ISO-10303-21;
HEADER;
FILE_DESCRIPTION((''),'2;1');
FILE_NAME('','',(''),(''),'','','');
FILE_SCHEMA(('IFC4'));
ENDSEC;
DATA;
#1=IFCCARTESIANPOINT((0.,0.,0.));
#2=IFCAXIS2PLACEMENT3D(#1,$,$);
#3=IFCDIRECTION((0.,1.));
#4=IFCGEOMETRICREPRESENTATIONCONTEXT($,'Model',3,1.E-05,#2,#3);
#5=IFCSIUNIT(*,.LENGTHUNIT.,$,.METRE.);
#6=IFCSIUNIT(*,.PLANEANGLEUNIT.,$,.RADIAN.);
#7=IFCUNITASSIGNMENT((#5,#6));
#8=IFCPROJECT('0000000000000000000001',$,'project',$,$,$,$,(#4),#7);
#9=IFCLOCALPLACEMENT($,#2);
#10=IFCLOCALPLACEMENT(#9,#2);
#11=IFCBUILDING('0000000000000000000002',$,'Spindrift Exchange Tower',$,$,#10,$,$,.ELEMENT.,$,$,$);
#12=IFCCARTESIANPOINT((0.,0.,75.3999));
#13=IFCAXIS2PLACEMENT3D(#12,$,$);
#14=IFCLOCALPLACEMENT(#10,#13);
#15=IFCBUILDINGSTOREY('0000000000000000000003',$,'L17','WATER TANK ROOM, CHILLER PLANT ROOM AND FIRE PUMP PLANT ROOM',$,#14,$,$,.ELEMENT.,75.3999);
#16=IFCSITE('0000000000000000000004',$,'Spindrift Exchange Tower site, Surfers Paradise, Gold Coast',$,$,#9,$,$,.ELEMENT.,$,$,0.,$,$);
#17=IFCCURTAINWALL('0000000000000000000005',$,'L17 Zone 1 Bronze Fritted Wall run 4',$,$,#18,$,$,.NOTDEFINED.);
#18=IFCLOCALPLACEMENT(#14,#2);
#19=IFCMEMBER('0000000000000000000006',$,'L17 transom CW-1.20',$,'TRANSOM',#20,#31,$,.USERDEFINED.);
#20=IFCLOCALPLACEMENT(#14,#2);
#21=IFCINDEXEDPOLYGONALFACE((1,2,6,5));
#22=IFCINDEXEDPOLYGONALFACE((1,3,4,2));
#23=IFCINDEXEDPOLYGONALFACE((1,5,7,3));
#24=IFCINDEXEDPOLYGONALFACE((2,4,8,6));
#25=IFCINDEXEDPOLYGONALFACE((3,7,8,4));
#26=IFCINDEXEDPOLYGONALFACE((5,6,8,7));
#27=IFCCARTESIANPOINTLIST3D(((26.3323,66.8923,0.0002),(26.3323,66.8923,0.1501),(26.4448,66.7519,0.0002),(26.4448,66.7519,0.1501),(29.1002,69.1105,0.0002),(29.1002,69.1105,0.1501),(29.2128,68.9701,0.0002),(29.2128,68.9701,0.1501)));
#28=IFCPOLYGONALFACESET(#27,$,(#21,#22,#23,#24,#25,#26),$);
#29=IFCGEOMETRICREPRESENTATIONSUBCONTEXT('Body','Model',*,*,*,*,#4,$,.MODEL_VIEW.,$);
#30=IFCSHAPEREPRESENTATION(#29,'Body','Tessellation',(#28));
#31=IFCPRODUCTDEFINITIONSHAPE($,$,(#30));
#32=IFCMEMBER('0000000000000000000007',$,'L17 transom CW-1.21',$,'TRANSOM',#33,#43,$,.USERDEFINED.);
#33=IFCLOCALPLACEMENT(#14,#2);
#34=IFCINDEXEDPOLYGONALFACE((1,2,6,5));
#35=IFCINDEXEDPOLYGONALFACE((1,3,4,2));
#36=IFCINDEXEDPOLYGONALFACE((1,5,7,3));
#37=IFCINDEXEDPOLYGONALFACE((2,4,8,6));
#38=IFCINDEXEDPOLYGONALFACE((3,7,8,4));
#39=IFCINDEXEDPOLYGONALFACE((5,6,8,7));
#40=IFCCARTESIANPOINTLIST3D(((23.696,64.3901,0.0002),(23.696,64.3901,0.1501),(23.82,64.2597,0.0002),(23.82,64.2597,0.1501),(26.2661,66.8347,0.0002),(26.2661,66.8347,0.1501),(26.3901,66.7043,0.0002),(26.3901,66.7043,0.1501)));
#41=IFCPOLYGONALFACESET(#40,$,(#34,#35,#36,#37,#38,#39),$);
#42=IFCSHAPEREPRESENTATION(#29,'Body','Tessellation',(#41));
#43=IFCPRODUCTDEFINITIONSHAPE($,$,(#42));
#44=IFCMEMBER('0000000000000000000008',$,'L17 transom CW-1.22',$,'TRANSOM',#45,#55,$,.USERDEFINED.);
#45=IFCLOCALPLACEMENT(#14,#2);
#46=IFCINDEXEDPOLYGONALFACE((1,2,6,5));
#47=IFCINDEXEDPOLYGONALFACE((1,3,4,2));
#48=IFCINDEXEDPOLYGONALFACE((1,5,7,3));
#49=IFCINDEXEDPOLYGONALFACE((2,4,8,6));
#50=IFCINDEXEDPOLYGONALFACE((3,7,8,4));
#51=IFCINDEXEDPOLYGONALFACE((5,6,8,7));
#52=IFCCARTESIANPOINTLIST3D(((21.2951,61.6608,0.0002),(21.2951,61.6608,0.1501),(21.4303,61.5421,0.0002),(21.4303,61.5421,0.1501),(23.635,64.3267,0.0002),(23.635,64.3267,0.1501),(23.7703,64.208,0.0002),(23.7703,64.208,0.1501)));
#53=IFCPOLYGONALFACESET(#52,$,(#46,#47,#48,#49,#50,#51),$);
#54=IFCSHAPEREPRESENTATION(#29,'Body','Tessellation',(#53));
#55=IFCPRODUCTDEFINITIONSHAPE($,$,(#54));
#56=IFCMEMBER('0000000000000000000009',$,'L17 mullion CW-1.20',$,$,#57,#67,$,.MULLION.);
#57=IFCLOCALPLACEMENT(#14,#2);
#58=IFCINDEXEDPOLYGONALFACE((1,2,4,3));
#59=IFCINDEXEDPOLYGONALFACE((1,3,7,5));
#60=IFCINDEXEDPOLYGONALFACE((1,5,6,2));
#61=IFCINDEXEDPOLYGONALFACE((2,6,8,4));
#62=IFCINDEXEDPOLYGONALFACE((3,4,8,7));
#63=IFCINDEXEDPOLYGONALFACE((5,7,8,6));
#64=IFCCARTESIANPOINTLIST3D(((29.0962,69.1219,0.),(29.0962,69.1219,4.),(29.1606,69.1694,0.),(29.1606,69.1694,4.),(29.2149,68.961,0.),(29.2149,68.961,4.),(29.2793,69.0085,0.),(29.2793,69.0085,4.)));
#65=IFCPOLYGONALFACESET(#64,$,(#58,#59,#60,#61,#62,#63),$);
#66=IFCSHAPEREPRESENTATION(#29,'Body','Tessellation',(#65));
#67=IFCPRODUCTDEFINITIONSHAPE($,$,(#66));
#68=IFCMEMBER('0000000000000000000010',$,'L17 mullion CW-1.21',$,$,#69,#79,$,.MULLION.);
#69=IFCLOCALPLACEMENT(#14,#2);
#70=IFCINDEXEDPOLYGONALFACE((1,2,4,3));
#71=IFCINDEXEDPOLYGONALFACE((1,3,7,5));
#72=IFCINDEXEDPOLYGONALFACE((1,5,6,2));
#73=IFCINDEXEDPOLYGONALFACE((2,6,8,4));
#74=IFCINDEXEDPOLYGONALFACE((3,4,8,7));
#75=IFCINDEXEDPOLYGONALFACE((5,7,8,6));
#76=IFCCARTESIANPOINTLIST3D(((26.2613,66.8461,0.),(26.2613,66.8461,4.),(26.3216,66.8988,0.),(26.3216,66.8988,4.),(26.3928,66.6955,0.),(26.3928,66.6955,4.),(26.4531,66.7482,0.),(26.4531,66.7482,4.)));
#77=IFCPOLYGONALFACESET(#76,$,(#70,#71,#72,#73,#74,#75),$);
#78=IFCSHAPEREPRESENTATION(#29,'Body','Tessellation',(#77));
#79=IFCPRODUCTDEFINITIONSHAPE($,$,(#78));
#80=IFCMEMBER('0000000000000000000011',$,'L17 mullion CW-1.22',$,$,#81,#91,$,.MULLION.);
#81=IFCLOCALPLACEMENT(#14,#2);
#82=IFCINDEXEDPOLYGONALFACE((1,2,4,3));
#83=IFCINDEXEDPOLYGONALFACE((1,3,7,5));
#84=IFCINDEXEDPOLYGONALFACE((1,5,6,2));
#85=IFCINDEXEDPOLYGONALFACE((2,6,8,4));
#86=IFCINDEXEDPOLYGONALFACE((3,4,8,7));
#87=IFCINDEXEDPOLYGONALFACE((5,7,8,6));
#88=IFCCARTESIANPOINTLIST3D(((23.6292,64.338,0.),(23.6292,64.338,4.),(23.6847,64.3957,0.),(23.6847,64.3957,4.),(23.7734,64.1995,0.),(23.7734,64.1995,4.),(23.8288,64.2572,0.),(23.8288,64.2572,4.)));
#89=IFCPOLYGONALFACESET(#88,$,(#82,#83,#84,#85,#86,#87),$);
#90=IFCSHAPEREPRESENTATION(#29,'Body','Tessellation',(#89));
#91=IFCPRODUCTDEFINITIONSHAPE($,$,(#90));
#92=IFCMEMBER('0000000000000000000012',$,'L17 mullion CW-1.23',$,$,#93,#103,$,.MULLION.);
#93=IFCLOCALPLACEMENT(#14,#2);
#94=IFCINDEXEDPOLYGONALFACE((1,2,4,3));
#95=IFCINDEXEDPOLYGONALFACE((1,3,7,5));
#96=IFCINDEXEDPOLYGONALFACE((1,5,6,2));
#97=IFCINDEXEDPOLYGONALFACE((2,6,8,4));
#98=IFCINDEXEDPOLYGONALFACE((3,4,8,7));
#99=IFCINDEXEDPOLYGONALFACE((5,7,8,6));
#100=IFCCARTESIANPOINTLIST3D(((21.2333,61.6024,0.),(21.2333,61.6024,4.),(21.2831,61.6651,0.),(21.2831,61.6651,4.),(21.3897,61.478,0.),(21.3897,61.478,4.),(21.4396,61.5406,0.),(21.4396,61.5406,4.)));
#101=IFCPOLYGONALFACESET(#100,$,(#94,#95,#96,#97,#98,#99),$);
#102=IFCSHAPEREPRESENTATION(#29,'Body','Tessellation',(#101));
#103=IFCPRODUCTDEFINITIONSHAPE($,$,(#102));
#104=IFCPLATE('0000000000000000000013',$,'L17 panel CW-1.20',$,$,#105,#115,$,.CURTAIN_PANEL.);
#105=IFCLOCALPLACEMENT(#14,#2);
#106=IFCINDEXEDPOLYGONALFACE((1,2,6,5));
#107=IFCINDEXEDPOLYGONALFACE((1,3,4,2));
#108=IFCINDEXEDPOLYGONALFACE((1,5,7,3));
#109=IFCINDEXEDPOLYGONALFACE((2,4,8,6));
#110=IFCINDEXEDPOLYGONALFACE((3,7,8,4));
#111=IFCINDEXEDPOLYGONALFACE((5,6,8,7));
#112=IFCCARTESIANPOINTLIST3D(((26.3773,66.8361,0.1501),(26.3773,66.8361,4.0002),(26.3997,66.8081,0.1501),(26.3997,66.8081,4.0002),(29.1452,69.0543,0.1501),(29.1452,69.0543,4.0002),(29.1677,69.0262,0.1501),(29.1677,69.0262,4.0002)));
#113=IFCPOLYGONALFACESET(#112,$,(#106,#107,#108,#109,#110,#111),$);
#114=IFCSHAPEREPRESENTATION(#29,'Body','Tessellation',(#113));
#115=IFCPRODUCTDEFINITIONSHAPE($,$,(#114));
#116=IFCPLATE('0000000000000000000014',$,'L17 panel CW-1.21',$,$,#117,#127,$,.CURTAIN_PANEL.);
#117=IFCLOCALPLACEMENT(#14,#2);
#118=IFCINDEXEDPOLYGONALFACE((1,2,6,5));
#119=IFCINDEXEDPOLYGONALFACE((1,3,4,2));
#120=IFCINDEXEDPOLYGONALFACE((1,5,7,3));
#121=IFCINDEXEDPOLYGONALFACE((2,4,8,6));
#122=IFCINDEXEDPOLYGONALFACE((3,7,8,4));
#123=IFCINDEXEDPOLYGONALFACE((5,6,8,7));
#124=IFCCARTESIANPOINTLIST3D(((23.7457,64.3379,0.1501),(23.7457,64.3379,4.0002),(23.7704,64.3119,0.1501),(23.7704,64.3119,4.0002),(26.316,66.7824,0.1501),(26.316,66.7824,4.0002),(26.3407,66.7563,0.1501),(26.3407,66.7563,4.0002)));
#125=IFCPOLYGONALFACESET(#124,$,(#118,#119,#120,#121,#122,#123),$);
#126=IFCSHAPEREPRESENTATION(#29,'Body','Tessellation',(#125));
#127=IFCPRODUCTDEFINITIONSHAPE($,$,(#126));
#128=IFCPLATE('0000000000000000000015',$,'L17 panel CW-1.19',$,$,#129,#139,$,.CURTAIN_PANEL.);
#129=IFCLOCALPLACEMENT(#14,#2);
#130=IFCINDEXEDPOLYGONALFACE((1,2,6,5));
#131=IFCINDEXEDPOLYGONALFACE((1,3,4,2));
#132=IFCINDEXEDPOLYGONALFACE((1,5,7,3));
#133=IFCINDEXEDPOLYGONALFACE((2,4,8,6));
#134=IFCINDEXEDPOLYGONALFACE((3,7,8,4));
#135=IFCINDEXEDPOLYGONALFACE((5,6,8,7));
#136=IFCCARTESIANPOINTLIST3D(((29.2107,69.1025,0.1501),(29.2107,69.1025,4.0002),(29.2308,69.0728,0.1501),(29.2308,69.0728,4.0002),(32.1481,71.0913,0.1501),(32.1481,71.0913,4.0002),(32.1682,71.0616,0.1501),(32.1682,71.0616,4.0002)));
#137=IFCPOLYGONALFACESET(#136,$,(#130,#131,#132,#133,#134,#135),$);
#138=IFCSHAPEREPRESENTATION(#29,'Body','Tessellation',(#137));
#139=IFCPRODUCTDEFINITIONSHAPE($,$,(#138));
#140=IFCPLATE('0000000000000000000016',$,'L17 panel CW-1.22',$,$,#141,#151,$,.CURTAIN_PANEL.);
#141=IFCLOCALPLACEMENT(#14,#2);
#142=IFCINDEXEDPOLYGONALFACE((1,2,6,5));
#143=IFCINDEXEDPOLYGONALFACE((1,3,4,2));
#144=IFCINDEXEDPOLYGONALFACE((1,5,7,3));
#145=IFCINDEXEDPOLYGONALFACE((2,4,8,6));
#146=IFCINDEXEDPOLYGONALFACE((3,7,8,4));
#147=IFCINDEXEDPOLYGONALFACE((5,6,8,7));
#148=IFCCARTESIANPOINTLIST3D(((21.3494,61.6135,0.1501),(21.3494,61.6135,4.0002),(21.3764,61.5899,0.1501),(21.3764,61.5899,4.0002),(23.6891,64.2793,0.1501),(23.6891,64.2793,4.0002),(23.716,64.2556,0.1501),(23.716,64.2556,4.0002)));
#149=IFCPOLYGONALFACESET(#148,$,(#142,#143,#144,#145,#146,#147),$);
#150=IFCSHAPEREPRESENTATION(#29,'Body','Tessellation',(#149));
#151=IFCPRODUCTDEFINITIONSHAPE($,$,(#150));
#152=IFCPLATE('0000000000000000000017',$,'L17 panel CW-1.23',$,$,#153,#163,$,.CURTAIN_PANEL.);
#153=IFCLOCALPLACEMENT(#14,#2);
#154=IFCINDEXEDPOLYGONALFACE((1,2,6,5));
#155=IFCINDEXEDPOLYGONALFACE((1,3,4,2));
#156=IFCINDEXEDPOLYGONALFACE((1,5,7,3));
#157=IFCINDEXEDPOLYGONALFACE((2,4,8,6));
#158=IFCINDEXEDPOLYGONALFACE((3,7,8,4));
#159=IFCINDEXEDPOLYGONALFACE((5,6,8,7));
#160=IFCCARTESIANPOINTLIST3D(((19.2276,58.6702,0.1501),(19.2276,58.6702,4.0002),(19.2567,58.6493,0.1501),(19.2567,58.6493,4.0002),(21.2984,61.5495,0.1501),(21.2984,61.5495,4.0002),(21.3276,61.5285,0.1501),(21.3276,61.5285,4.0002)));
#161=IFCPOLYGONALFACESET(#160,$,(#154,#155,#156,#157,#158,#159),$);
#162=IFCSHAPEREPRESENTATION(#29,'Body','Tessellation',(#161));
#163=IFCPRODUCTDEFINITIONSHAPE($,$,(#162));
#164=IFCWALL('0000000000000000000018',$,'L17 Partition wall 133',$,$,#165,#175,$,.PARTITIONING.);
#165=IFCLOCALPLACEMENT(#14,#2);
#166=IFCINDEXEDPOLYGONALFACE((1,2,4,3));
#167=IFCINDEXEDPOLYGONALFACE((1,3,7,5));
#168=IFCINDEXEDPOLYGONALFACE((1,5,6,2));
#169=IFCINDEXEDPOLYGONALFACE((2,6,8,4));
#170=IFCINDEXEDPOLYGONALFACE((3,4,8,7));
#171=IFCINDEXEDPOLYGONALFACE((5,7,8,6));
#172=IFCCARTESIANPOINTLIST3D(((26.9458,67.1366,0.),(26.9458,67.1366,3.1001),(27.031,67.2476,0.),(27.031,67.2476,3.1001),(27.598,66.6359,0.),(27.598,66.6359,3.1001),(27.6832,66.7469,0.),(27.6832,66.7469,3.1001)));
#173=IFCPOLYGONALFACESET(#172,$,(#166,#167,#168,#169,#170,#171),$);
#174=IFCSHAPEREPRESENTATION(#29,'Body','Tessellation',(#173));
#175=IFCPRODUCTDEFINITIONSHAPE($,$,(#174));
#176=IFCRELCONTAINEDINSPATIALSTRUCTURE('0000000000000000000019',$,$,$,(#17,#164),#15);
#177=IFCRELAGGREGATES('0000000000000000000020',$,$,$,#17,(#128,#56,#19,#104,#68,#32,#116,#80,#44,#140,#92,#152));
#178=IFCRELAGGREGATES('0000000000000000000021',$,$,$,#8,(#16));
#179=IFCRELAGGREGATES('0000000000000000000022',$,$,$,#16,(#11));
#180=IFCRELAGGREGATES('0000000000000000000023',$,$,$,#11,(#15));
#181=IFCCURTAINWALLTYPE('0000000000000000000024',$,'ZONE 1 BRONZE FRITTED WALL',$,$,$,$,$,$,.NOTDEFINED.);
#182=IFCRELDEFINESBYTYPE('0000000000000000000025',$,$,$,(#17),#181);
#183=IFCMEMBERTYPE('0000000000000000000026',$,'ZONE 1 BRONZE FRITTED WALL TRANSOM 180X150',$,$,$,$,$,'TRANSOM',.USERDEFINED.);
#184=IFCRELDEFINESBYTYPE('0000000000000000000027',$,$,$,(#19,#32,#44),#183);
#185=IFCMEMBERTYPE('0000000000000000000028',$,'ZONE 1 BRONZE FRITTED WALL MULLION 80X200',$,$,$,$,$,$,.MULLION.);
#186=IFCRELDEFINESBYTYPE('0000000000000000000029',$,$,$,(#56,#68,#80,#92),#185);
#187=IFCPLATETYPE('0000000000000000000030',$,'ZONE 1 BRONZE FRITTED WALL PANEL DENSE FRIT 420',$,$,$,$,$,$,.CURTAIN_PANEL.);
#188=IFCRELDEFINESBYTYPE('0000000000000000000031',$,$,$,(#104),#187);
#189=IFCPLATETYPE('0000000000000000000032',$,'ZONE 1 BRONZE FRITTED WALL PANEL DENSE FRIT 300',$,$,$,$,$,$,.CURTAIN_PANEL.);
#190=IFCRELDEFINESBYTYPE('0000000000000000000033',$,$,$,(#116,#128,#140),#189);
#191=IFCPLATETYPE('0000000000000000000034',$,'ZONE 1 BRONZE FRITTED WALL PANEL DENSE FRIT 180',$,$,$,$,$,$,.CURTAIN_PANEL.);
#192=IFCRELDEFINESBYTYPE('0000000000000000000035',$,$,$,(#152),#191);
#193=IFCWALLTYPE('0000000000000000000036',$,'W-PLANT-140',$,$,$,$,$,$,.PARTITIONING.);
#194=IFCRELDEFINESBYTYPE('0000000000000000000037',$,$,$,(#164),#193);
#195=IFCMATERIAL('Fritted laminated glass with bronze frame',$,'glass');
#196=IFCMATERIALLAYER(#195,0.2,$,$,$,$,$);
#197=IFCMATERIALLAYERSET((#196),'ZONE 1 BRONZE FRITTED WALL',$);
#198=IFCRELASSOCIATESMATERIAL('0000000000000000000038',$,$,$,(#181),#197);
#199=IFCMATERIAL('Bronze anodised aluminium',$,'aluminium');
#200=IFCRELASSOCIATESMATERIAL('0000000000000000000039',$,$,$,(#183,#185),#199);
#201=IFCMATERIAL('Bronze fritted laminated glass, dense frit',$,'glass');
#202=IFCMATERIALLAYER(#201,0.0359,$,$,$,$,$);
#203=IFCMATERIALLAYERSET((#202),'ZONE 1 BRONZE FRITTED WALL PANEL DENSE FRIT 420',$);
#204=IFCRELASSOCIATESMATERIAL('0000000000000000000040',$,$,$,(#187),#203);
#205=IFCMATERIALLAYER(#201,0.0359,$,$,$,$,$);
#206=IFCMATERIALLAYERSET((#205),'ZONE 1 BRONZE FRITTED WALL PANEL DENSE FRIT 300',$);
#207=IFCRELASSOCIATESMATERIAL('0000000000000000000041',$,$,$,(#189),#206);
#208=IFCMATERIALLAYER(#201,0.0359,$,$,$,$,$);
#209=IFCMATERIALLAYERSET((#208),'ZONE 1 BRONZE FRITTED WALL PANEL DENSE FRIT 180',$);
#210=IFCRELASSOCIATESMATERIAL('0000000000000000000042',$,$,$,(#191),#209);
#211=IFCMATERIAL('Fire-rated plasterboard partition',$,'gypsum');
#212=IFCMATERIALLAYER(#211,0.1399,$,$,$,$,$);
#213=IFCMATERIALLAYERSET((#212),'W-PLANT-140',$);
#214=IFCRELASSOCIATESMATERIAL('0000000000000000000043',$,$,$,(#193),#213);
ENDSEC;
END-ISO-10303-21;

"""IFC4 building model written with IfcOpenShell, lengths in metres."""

from ifc_helpers import new_model, si_unit, direction, frame, frame_2d, origin, origin_2d, place, context, subcontext, project, spatial, rectangle, extrude, source, transform, mapped, material, layer, layer_set, material_profile, profile_set, type_object, element, aggregate, save


model = new_model("IFC4")

# Units and contexts
model_context = context("Model", 3, precision=1e-05, world=origin(), true_north=direction((0.0, 1.0)))
body_context = subcontext(model_context, "Body", "Model", "MODEL_VIEW")
ifc_project = project(units=[si_unit("LENGTHUNIT", "METRE"), si_unit("PLANEANGLEUNIT", "RADIAN")], contexts=[model_context])

# Site, building, storey
site_placement = place(None, origin())
site = spatial("IfcSite", under=ifc_project, at=site_placement, Name="Spindrift Exchange Tower site, Surfers Paradise, Gold Coast", CompositionType="ELEMENT", RefElevation=0.0)
building_placement = place(site_placement, origin())
building = spatial("IfcBuilding", under=site, at=building_placement, Name="Spindrift Exchange Tower", CompositionType="ELEMENT")
storey_placement = place(building_placement, frame((0.0, 0.0, 75.3999)))
storey = spatial("IfcBuildingStorey", under=building, at=storey_placement, Name="L17", Description="WATER TANK ROOM, CHILLER PLANT ROOM AND FIRE PUMP PLANT ROOM", CompositionType="ELEMENT", Elevation=75.3999)

# Curtain wall, members, plates
ifc_material_1 = material(Name="Fritted laminated glass with bronze frame", Category="glass")
ifc_layer_1 = layer(ifc_material_1, 0.2)
ifc_layer_set_1 = layer_set([ifc_layer_1], Name="ZONE 1 BRONZE FRITTED WALL")
curtain_wall_type = type_object("IfcCurtainWallType", Name="ZONE 1 BRONZE FRITTED WALL", PredefinedType="NOTDEFINED", material=ifc_layer_set_1)
curtain_wall_placement = place(storey_placement, origin())
curtain_wall = element("IfcCurtainWall", 1, at=curtain_wall_placement, inside=storey, type_object=curtain_wall_type, Name="L17 Zone 1 Bronze Fritted Wall run 4", PredefinedType="NOTDEFINED")
ifc_material_2 = material(Name="Bronze anodised aluminium", Category="aluminium")
ifc_material_profile_1 = material_profile(ifc_material_2, rectangle(XDim=0.1799, YDim=0.1499, at=origin_2d()), Name="ZONE 1 BRONZE FRITTED WALL TRANSOM 180X150")
ifc_profile_set_1 = profile_set([ifc_material_profile_1], Name="Bronze anodised aluminium")
member_type_1 = type_object("IfcMemberType", Name="ZONE 1 BRONZE FRITTED WALL TRANSOM 180X150", ElementType="TRANSOM", PredefinedType="USERDEFINED", material=ifc_profile_set_1)
shared_shape_1 = source(origin(), body_context, "Body", "SweptSolid", [
    extrude(rectangle(XDim=0.1799, YDim=0.1499, at=origin_2d()), origin(), (0.0, 0.0, 1.0), 3.5471),
])
member_1_placement = place(storey_placement, frame((29.1565, 69.0403, 0.0752), z_axis=(-0.780345, -0.62535, 0.0), x_axis=(0.62535, -0.780345, 0.0)))
member_1 = element("IfcMember", 2, at=member_1_placement, type_object=member_type_1, Name="L17 transom CW-1.20", ObjectType="TRANSOM", PredefinedType="USERDEFINED", context=body_context, shape_type="MappedRepresentation", body=[
    mapped(shared_shape_1, transform((0.0, 0.0, 0.0), scale=1.0)),
])
member_2_placement = place(storey_placement, frame((26.3281, 66.7695, 0.0752), z_axis=(-0.724575, -0.689196, 0.0), x_axis=(0.689196, -0.724575, 0.0)))
member_2 = element("IfcMember", 3, at=member_2_placement, type_object=member_type_1, Name="L17 transom CW-1.21", ObjectType="TRANSOM", PredefinedType="USERDEFINED", context=body_context, shape_type="MappedRepresentation", body=[
    mapped(shared_shape_1, transform((0.0, 0.0, 0.0), scale=1.0)),
])
member_3_placement = place(storey_placement, frame((23.7026, 64.2673, 0.0752), z_axis=(-0.659668, -0.751557, 0.0), x_axis=(0.751557, -0.659668, 0.0)))
member_3 = element("IfcMember", 4, at=member_3_placement, type_object=member_type_1, Name="L17 transom CW-1.22", ObjectType="TRANSOM", PredefinedType="USERDEFINED", context=body_context, shape_type="MappedRepresentation", body=[
    mapped(shared_shape_1, transform((0.0, 0.0, 0.0), scale=1.0)),
])
ifc_material_profile_2 = material_profile(ifc_material_2, rectangle(XDim=0.0801, YDim=0.2, at=origin_2d()), Name="ZONE 1 BRONZE FRITTED WALL MULLION 80X200")
ifc_profile_set_2 = profile_set([ifc_material_profile_2], Name="Bronze anodised aluminium")
member_type_2 = type_object("IfcMemberType", Name="ZONE 1 BRONZE FRITTED WALL MULLION 80X200", PredefinedType="MULLION", material=ifc_profile_set_2)
shared_shape_2 = source(origin(), body_context, "Body", "SweptSolid", [
    extrude(rectangle(XDim=0.0801, YDim=0.2, at=origin_2d()), origin(), (0.0, 0.0, 1.0), 4.0),
])
member_4_placement = place(storey_placement, frame((29.1877, 69.0652, 0.0), z_axis=(0.0, 0.0, 1.0), x_axis=(-0.804852, -0.593475, 0.0)))
member_4 = element("IfcMember", 5, at=member_4_placement, type_object=member_type_2, Name="L17 mullion CW-1.20", PredefinedType="MULLION", context=body_context, shape_type="MappedRepresentation", body=[
    mapped(shared_shape_2, transform((0.0, 0.0, 0.0), scale=1.0)),
])
member_5_placement = place(storey_placement, frame((26.3572, 66.7971, 0.0), z_axis=(0.0, 0.0, 1.0), x_axis=(-0.753161, -0.657836, 0.0)))
member_5 = element("IfcMember", 6, at=member_5_placement, type_object=member_type_2, Name="L17 mullion CW-1.21", PredefinedType="MULLION", context=body_context, shape_type="MappedRepresentation", body=[
    mapped(shared_shape_2, transform((0.0, 0.0, 0.0), scale=1.0)),
])
member_6_placement = place(storey_placement, frame((23.729, 64.2976, 0.0), z_axis=(0.0, 0.0, 1.0), x_axis=(-0.692841, -0.72109, 0.0)))
member_6 = element("IfcMember", 7, at=member_6_placement, type_object=member_type_2, Name="L17 mullion CW-1.22", PredefinedType="MULLION", context=body_context, shape_type="MappedRepresentation", body=[
    mapped(shared_shape_2, transform((0.0, 0.0, 0.0), scale=1.0)),
])
member_7_placement = place(storey_placement, frame((21.3364, 61.5715, 0.0), z_axis=(0.0, 0.0, 1.0), x_axis=(-0.622498, -0.782621, 0.0)))
member_7 = element("IfcMember", 8, at=member_7_placement, type_object=member_type_2, Name="L17 mullion CW-1.23", PredefinedType="MULLION", context=body_context, shape_type="MappedRepresentation", body=[
    mapped(shared_shape_2, transform((0.0, 0.0, 0.0), scale=1.0)),
])
ifc_material_3 = material(Name="Bronze fritted laminated glass, dense frit", Category="glass")
ifc_layer_2 = layer(ifc_material_3, 0.0359)
ifc_layer_set_2 = layer_set([ifc_layer_2], Name="ZONE 1 BRONZE FRITTED WALL PANEL DENSE FRIT 420")
plate_type_1 = type_object("IfcPlateType", Name="ZONE 1 BRONZE FRITTED WALL PANEL DENSE FRIT 420", PredefinedType="CURTAIN_PANEL", material=ifc_layer_set_2)
shared_shape_3 = source(origin(), body_context, "Body", "SweptSolid", [
    extrude(rectangle(XDim=3.5471, YDim=0.0359, at=origin_2d()), origin(), (0.0, 0.0, 1.0), 3.8501),
])
plate_1_placement = place(storey_placement, frame((27.7725, 67.9312, 0.1501), z_axis=(0.0, 0.0, 1.0), x_axis=(-0.780344, -0.62535, 0.0)))
plate_1 = element("IfcPlate", 9, at=plate_1_placement, type_object=plate_type_1, Name="L17 panel CW-1.20", PredefinedType="CURTAIN_PANEL", context=body_context, shape_type="MappedRepresentation", body=[
    mapped(shared_shape_3, transform((0.0, 0.0, 0.0), scale=1.0)),
])
ifc_layer_3 = layer(ifc_material_3, 0.0359)
ifc_layer_set_3 = layer_set([ifc_layer_3], Name="ZONE 1 BRONZE FRITTED WALL PANEL DENSE FRIT 300")
plate_type_2 = type_object("IfcPlateType", Name="ZONE 1 BRONZE FRITTED WALL PANEL DENSE FRIT 300", PredefinedType="CURTAIN_PANEL", material=ifc_layer_set_3)
shared_shape_4 = source(origin(), body_context, "Body", "SweptSolid", [
    extrude(rectangle(XDim=3.5471, YDim=0.0359, at=origin_2d()), origin(), (0.0, 0.0, 1.0), 3.8501),
])
plate_2_placement = place(storey_placement, frame((25.0432, 65.5471, 0.1501), z_axis=(0.0, 0.0, 1.0), x_axis=(-0.724627, -0.689142, 0.0)))
plate_2 = element("IfcPlate", 10, at=plate_2_placement, type_object=plate_type_2, Name="L17 panel CW-1.21", PredefinedType="CURTAIN_PANEL", context=body_context, shape_type="MappedRepresentation", body=[
    mapped(shared_shape_4, transform((0.0, 0.0, 0.0), scale=1.0)),
])
shared_shape_5 = source(origin(), body_context, "Body", "SweptSolid", [
    extrude(rectangle(XDim=3.5474, YDim=0.0359, at=origin_2d()), origin(), (0.0, 0.0, 1.0), 3.8501),
])
plate_3_placement = place(storey_placement, frame((30.6895, 70.082, 0.1501), z_axis=(0.0, 0.0, 1.0), x_axis=(-0.828059, -0.56064, 0.0)))
plate_3 = element("IfcPlate", 11, at=plate_3_placement, type_object=plate_type_2, Name="L17 panel CW-1.19", PredefinedType="CURTAIN_PANEL", context=body_context, shape_type="MappedRepresentation", body=[
    mapped(shared_shape_5, transform((0.0, 0.0, 0.0), scale=1.0)),
])
shared_shape_6 = source(origin(), body_context, "Body", "SweptSolid", [
    extrude(rectangle(XDim=3.5469, YDim=0.0359, at=origin_2d()), origin(), (0.0, 0.0, 1.0), 3.8501),
])
plate_4_placement = place(storey_placement, frame((22.5327, 62.9346, 0.1501), z_axis=(0.0, 0.0, 1.0), x_axis=(-0.65965, -0.751573, 0.0)))
plate_4 = element("IfcPlate", 12, at=plate_4_placement, type_object=plate_type_2, Name="L17 panel CW-1.22", PredefinedType="CURTAIN_PANEL", context=body_context, shape_type="MappedRepresentation", body=[
    mapped(shared_shape_6, transform((0.0, 0.0, 0.0), scale=1.0)),
])
ifc_layer_4 = layer(ifc_material_3, 0.0359)
ifc_layer_set_4 = layer_set([ifc_layer_4], Name="ZONE 1 BRONZE FRITTED WALL PANEL DENSE FRIT 180")
plate_type_3 = type_object("IfcPlateType", Name="ZONE 1 BRONZE FRITTED WALL PANEL DENSE FRIT 180", PredefinedType="CURTAIN_PANEL", material=ifc_layer_set_4)
shared_shape_7 = source(origin(), body_context, "Body", "SweptSolid", [
    extrude(rectangle(XDim=3.5466, YDim=0.0359, at=origin_2d()), origin(), (0.0, 0.0, 1.0), 3.8501),
])
plate_5_placement = place(storey_placement, frame((20.2776, 60.0994, 0.1501), z_axis=(0.0, 0.0, 1.0), x_axis=(-0.583888, -0.811834, 0.0)))
plate_5 = element("IfcPlate", 13, at=plate_5_placement, type_object=plate_type_3, Name="L17 panel CW-1.23", PredefinedType="CURTAIN_PANEL", context=body_context, shape_type="MappedRepresentation", body=[
    mapped(shared_shape_7, transform((0.0, 0.0, 0.0), scale=1.0)),
])
aggregate(curtain_wall, [plate_3, member_4, member_1, plate_1, member_5, member_2, plate_2, member_6, member_3, plate_4, member_7, plate_5])

# Wall
ifc_material_4 = material(Name="Fire-rated plasterboard partition", Category="gypsum")
ifc_layer_5 = layer(ifc_material_4, 0.1399)
ifc_layer_set_5 = layer_set([ifc_layer_5], Name="W-PLANT-140")
wall_type_1 = type_object("IfcWallType", Name="W-PLANT-140", PredefinedType="PARTITIONING", material=ifc_layer_set_5)
wall_1_placement = place(storey_placement, frame((27.6406, 66.6914, 0.0), z_axis=(0.0, 0.0, 1.0), x_axis=(-0.793253, 0.608893, 0.0)))
element("IfcWall", 14, at=wall_1_placement, inside=storey, type_object=wall_type_1, Name="L17 Partition wall 133", PredefinedType="PARTITIONING", context=body_context, shape_type="SweptSolid", body=[
    extrude(rectangle(XDim=0.8223, YDim=0.1399, at=frame_2d((0.4111, 0.0))), origin(), (0.0, 0.0, 1.0), 3.1001),
])

save(model, "model.ifc")
